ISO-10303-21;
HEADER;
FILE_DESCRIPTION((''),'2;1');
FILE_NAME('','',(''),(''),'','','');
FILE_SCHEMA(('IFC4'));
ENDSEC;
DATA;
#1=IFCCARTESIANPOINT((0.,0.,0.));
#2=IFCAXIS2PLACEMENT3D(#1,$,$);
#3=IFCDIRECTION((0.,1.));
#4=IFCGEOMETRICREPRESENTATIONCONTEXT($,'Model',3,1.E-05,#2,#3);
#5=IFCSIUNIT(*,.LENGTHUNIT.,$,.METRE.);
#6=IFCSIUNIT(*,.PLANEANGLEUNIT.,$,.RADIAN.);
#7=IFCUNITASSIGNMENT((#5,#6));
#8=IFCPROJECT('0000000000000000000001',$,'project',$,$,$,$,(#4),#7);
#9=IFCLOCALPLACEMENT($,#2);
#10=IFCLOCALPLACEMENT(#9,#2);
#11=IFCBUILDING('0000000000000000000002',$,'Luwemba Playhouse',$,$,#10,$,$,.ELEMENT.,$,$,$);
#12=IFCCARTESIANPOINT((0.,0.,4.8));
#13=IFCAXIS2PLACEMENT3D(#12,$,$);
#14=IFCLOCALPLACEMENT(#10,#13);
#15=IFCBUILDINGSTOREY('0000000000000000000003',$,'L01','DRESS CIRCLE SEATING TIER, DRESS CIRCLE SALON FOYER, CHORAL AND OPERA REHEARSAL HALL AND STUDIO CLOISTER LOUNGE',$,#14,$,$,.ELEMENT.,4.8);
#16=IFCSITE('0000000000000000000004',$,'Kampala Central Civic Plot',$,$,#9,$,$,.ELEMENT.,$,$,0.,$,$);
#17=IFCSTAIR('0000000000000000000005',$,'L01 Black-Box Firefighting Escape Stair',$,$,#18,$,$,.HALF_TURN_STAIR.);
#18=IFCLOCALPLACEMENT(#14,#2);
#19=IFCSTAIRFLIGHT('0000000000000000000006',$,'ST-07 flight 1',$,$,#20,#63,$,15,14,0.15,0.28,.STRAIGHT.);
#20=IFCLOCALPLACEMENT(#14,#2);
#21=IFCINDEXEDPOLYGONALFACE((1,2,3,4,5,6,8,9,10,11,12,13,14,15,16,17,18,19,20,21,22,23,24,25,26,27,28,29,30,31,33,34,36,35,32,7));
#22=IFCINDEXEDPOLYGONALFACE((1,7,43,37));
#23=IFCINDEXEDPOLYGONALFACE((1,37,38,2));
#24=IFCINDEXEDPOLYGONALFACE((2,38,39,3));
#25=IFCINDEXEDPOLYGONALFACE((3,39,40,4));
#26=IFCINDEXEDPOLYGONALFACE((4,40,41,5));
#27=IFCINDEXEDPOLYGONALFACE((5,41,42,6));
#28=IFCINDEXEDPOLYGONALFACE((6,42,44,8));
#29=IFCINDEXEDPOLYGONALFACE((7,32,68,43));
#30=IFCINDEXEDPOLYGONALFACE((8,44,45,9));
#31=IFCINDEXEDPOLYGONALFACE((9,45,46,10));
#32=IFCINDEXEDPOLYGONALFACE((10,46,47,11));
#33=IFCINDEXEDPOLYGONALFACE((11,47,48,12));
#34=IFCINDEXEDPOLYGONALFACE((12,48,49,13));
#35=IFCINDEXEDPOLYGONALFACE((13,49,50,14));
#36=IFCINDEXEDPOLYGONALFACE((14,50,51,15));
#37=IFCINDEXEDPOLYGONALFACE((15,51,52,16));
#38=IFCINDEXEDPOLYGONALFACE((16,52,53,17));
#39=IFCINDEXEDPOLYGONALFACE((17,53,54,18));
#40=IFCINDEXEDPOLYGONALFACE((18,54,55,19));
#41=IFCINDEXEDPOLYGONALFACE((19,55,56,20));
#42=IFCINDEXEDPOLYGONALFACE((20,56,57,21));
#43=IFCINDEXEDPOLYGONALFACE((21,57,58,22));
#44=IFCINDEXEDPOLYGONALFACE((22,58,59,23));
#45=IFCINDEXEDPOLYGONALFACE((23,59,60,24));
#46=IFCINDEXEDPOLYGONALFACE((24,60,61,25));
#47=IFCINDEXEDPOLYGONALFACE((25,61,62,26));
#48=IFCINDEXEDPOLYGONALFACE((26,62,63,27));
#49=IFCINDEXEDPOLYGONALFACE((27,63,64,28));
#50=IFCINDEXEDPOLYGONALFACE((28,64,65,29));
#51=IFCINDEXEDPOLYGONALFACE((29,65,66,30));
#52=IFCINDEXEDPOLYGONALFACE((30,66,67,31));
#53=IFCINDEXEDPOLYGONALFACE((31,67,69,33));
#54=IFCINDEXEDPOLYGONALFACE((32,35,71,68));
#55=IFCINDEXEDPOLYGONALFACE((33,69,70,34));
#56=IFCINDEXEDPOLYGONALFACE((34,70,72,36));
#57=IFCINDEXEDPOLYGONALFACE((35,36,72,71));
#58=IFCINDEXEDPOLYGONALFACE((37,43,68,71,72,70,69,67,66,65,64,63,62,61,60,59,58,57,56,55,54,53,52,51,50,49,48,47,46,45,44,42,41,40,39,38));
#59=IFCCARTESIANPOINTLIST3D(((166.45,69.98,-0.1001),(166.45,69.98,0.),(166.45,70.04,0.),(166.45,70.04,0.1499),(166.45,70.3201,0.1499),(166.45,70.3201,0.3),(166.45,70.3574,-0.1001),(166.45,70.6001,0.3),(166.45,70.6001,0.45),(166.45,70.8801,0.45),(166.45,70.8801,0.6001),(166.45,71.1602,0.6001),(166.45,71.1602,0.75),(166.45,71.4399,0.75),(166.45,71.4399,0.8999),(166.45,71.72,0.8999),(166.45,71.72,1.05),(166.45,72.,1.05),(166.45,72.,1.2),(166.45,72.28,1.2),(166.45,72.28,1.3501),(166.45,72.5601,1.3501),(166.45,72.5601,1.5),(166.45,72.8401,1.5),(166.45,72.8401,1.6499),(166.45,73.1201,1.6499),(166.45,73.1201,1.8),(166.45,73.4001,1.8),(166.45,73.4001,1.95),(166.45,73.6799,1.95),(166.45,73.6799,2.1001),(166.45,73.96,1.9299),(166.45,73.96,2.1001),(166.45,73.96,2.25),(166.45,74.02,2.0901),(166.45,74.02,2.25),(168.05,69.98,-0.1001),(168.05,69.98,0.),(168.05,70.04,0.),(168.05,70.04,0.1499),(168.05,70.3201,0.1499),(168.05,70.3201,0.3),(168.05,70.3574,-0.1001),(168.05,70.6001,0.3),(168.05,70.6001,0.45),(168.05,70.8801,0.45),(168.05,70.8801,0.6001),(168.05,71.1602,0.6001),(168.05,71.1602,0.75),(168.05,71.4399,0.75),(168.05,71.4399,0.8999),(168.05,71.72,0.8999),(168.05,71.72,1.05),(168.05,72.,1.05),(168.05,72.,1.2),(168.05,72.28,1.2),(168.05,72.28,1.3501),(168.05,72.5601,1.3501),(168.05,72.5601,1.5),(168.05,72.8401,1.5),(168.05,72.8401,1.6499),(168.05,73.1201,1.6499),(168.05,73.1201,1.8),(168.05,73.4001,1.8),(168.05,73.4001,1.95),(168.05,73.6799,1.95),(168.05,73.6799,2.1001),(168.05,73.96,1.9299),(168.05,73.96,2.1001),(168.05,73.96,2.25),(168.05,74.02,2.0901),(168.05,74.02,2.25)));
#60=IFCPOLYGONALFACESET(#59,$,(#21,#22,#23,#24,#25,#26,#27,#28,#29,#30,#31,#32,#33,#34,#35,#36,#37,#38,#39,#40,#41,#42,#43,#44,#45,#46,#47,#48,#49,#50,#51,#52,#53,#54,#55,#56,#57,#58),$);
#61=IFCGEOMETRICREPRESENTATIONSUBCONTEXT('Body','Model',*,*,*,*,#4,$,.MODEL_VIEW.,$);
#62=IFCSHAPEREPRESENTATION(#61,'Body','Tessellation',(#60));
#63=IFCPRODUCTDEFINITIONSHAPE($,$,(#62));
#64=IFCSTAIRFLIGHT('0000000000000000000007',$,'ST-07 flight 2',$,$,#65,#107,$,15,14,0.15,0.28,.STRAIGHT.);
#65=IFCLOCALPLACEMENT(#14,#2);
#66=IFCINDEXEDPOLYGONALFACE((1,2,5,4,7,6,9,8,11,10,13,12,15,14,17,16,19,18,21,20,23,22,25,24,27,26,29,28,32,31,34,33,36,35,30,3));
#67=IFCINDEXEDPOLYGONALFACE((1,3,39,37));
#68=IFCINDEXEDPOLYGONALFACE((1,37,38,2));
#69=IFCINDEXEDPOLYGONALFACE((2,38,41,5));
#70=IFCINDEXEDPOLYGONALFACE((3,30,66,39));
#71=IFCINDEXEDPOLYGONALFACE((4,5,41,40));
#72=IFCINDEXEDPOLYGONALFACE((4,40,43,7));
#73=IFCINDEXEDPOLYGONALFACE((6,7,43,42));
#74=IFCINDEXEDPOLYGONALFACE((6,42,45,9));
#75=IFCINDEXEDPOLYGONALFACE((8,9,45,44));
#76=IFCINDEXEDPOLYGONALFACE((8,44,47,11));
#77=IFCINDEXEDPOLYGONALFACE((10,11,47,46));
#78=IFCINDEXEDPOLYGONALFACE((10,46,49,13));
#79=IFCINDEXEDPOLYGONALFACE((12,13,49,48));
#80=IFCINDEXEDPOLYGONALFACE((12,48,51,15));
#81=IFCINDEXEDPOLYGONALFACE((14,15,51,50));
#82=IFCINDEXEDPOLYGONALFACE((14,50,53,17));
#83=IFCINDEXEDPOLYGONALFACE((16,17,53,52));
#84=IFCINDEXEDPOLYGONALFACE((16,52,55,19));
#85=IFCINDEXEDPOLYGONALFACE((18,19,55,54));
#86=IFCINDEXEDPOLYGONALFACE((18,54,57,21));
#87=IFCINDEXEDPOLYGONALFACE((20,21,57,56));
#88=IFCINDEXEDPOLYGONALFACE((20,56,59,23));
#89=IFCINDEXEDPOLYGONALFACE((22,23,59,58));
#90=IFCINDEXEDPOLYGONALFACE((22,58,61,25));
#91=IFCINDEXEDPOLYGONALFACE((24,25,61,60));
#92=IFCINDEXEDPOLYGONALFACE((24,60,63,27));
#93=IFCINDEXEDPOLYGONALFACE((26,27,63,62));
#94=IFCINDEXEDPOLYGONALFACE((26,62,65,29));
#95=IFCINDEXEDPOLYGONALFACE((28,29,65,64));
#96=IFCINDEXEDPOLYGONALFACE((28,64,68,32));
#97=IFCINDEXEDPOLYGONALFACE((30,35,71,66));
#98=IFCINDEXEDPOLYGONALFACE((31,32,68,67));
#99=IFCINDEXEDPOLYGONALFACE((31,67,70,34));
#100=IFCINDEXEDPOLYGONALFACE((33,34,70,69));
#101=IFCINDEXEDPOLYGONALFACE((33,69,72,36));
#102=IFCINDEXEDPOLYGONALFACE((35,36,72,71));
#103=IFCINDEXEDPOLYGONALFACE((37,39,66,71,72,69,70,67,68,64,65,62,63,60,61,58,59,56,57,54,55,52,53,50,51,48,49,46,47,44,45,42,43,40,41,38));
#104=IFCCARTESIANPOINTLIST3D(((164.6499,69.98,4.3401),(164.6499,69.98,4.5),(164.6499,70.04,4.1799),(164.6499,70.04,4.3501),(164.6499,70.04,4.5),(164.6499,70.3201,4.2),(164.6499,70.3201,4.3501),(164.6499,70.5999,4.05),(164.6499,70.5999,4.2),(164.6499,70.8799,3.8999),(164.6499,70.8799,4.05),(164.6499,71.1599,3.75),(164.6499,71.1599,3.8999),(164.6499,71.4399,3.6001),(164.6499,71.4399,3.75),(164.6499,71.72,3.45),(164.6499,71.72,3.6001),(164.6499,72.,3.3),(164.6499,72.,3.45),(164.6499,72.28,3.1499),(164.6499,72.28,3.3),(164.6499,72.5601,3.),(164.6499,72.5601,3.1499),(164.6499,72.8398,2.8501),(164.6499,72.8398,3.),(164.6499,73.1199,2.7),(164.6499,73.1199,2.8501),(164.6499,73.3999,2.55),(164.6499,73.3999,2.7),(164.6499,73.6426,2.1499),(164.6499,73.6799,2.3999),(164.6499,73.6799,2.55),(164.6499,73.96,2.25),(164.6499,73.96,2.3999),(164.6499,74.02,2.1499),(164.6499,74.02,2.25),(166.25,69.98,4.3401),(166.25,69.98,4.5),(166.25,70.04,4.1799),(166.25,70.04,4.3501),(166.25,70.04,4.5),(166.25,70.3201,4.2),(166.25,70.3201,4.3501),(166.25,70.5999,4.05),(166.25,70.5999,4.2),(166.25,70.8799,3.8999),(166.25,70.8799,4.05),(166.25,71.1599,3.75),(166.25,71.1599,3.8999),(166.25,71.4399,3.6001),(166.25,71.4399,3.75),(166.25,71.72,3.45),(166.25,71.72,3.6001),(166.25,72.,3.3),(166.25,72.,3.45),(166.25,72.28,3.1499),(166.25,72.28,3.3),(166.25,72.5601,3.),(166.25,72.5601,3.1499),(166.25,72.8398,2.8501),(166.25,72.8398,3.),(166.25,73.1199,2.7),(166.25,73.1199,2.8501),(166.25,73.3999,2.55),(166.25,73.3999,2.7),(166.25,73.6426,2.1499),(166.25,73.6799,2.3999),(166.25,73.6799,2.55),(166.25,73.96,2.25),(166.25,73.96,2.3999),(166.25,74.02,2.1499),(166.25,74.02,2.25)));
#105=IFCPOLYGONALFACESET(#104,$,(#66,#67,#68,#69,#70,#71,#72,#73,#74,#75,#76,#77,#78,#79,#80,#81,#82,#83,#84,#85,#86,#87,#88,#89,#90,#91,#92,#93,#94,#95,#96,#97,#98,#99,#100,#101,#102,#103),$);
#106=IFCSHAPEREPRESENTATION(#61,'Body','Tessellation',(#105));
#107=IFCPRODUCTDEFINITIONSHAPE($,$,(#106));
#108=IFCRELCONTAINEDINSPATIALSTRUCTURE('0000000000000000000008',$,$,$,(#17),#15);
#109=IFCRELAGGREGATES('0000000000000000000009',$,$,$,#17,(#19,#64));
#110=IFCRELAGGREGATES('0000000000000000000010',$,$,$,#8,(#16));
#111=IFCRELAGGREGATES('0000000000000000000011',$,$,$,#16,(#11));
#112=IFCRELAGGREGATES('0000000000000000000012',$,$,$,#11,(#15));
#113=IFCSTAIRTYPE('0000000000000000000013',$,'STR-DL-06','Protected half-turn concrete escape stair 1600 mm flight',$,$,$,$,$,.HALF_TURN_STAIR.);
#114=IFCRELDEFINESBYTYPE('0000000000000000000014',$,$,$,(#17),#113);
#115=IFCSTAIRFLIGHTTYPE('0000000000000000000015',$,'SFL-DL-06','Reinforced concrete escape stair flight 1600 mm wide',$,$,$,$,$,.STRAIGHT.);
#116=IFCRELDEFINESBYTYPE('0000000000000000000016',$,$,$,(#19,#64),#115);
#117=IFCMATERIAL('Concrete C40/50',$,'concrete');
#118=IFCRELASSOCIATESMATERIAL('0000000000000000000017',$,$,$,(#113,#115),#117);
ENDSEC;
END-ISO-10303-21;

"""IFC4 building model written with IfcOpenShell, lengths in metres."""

from ifc_helpers import new_model, si_unit, direction, frame, origin, place, context, subcontext, project, spatial, polyline, outline, extrude, material, type_object, element, aggregate, save


model = new_model("IFC4")

# Units and contexts
model_context = context("Model", 3, precision=1e-05, world=origin(), true_north=direction((0.0, 1.0)))
body_context = subcontext(model_context, "Body", "Model", "MODEL_VIEW")
ifc_project = project(units=[si_unit("LENGTHUNIT", "METRE"), si_unit("PLANEANGLEUNIT", "RADIAN")], contexts=[model_context])

# Site, building, storey
site_placement = place(None, origin())
site = spatial("IfcSite", under=ifc_project, at=site_placement, Name="Kampala Central Civic Plot", CompositionType="ELEMENT", RefElevation=0.0)
building_placement = place(site_placement, origin())
building = spatial("IfcBuilding", under=site, at=building_placement, Name="Luwemba Playhouse", CompositionType="ELEMENT")
storey_placement = place(building_placement, frame((0.0, 0.0, 4.8)))
storey = spatial("IfcBuildingStorey", under=building, at=storey_placement, Name="L01", Description="DRESS CIRCLE SEATING TIER, DRESS CIRCLE SALON FOYER, CHORAL AND OPERA REHEARSAL HALL AND STUDIO CLOISTER LOUNGE", CompositionType="ELEMENT", Elevation=4.8)

# Shared definitions
ifc_material_1 = material(Name="Concrete C40/50", Category="concrete")

# Stair, stair flights
stair_type = type_object("IfcStairType", Name="STR-DL-06", Description="Protected half-turn concrete escape stair 1600 mm flight", PredefinedType="HALF_TURN_STAIR", material=ifc_material_1)
stair_placement = place(storey_placement, origin())
stair = element("IfcStair", 1, at=stair_placement, inside=storey, type_object=stair_type, Name="L01 Black-Box Firefighting Escape Stair", PredefinedType="HALF_TURN_STAIR")
stair_flight_type = type_object("IfcStairFlightType", Name="SFL-DL-06", Description="Reinforced concrete escape stair flight 1600 mm wide", PredefinedType="STRAIGHT", material=ifc_material_1)
stair_flight_1_placement = place(storey_placement, frame((167.25, 70.04, 0.0), z_axis=(0.0, 0.0, 1.0), x_axis=(0.0, 1.0, 0.0)))
stair_flight_1 = element("IfcStairFlight", 2, at=stair_flight_1_placement, type_object=stair_flight_type, Name="ST-07 flight 1", NumberOfRisers=15, NumberOfTreads=14, PredefinedType="STRAIGHT", RiserHeight=0.15, TreadLength=0.28, context=body_context, shape_type="SweptSolid", body=[
    extrude(outline(polyline([(-0.0601, -0.1001), (-0.0601, 0.0), (0.0, 0.0), (0.0, 0.1499), (0.28, 0.1499), (0.28, 0.3), (0.5601, 0.3), (0.5601, 0.45), (0.8401, 0.45), (0.8401, 0.6001), (1.1201, 0.6001), (1.1201, 0.75), (1.3999, 0.75), (1.3999, 0.8999), (1.6799, 0.8999), (1.6799, 1.05), (1.96, 1.05), (1.96, 1.2), (2.24, 1.2), (2.24, 1.3501), (2.52, 1.3501), (2.52, 1.5), (2.8, 1.5), (2.8, 1.6499), (3.0801, 1.6499), (3.0801, 1.8), (3.3601, 1.8), (3.3601, 1.95), (3.6399, 1.95), (3.6399, 2.1001), (3.9199, 2.1001), (3.9199, 2.25), (3.98, 2.25), (3.98, 2.0901), (3.9199, 1.9299), (0.3174, -0.1001), (-0.0601, -0.1001)])), frame((0.0, 0.8, 0.0), z_axis=(0.0, -1.0, 0.0), x_axis=(1.0, 0.0, 0.0)), (0.0, 0.0, 1.0), 1.6001),
])
stair_flight_2_placement = place(storey_placement, frame((165.45, 73.96, 2.25), z_axis=(0.0, 0.0, 1.0), x_axis=(0.0, -1.0, 0.0)))
stair_flight_2 = element("IfcStairFlight", 3, at=stair_flight_2_placement, type_object=stair_flight_type, Name="ST-07 flight 2", NumberOfRisers=15, NumberOfTreads=14, PredefinedType="STRAIGHT", RiserHeight=0.15, TreadLength=0.28, context=body_context, shape_type="SweptSolid", body=[
    extrude(outline(polyline([(-0.0601, -0.1001), (-0.0601, 0.0), (0.0, 0.0), (0.0, 0.1499), (0.28, 0.1499), (0.28, 0.3), (0.5601, 0.3), (0.5601, 0.45), (0.8401, 0.45), (0.8401, 0.6001), (1.1201, 0.6001), (1.1201, 0.75), (1.3999, 0.75), (1.3999, 0.8999), (1.6799, 0.8999), (1.6799, 1.05), (1.96, 1.05), (1.96, 1.2), (2.24, 1.2), (2.24, 1.3501), (2.52, 1.3501), (2.52, 1.5), (2.8, 1.5), (2.8, 1.6499), (3.0801, 1.6499), (3.0801, 1.8), (3.3601, 1.8), (3.3601, 1.95), (3.6399, 1.95), (3.6399, 2.1001), (3.9199, 2.1001), (3.9199, 2.25), (3.98, 2.25), (3.98, 2.0901), (3.9199, 1.9299), (0.3174, -0.1001), (-0.0601, -0.1001)])), frame((0.0, 0.8, 0.0), z_axis=(0.0, -1.0, 0.0), x_axis=(1.0, 0.0, 0.0)), (0.0, 0.0, 1.0), 1.6001),
])
aggregate(stair, [stair_flight_1, stair_flight_2])

save(model, "model.ifc")
